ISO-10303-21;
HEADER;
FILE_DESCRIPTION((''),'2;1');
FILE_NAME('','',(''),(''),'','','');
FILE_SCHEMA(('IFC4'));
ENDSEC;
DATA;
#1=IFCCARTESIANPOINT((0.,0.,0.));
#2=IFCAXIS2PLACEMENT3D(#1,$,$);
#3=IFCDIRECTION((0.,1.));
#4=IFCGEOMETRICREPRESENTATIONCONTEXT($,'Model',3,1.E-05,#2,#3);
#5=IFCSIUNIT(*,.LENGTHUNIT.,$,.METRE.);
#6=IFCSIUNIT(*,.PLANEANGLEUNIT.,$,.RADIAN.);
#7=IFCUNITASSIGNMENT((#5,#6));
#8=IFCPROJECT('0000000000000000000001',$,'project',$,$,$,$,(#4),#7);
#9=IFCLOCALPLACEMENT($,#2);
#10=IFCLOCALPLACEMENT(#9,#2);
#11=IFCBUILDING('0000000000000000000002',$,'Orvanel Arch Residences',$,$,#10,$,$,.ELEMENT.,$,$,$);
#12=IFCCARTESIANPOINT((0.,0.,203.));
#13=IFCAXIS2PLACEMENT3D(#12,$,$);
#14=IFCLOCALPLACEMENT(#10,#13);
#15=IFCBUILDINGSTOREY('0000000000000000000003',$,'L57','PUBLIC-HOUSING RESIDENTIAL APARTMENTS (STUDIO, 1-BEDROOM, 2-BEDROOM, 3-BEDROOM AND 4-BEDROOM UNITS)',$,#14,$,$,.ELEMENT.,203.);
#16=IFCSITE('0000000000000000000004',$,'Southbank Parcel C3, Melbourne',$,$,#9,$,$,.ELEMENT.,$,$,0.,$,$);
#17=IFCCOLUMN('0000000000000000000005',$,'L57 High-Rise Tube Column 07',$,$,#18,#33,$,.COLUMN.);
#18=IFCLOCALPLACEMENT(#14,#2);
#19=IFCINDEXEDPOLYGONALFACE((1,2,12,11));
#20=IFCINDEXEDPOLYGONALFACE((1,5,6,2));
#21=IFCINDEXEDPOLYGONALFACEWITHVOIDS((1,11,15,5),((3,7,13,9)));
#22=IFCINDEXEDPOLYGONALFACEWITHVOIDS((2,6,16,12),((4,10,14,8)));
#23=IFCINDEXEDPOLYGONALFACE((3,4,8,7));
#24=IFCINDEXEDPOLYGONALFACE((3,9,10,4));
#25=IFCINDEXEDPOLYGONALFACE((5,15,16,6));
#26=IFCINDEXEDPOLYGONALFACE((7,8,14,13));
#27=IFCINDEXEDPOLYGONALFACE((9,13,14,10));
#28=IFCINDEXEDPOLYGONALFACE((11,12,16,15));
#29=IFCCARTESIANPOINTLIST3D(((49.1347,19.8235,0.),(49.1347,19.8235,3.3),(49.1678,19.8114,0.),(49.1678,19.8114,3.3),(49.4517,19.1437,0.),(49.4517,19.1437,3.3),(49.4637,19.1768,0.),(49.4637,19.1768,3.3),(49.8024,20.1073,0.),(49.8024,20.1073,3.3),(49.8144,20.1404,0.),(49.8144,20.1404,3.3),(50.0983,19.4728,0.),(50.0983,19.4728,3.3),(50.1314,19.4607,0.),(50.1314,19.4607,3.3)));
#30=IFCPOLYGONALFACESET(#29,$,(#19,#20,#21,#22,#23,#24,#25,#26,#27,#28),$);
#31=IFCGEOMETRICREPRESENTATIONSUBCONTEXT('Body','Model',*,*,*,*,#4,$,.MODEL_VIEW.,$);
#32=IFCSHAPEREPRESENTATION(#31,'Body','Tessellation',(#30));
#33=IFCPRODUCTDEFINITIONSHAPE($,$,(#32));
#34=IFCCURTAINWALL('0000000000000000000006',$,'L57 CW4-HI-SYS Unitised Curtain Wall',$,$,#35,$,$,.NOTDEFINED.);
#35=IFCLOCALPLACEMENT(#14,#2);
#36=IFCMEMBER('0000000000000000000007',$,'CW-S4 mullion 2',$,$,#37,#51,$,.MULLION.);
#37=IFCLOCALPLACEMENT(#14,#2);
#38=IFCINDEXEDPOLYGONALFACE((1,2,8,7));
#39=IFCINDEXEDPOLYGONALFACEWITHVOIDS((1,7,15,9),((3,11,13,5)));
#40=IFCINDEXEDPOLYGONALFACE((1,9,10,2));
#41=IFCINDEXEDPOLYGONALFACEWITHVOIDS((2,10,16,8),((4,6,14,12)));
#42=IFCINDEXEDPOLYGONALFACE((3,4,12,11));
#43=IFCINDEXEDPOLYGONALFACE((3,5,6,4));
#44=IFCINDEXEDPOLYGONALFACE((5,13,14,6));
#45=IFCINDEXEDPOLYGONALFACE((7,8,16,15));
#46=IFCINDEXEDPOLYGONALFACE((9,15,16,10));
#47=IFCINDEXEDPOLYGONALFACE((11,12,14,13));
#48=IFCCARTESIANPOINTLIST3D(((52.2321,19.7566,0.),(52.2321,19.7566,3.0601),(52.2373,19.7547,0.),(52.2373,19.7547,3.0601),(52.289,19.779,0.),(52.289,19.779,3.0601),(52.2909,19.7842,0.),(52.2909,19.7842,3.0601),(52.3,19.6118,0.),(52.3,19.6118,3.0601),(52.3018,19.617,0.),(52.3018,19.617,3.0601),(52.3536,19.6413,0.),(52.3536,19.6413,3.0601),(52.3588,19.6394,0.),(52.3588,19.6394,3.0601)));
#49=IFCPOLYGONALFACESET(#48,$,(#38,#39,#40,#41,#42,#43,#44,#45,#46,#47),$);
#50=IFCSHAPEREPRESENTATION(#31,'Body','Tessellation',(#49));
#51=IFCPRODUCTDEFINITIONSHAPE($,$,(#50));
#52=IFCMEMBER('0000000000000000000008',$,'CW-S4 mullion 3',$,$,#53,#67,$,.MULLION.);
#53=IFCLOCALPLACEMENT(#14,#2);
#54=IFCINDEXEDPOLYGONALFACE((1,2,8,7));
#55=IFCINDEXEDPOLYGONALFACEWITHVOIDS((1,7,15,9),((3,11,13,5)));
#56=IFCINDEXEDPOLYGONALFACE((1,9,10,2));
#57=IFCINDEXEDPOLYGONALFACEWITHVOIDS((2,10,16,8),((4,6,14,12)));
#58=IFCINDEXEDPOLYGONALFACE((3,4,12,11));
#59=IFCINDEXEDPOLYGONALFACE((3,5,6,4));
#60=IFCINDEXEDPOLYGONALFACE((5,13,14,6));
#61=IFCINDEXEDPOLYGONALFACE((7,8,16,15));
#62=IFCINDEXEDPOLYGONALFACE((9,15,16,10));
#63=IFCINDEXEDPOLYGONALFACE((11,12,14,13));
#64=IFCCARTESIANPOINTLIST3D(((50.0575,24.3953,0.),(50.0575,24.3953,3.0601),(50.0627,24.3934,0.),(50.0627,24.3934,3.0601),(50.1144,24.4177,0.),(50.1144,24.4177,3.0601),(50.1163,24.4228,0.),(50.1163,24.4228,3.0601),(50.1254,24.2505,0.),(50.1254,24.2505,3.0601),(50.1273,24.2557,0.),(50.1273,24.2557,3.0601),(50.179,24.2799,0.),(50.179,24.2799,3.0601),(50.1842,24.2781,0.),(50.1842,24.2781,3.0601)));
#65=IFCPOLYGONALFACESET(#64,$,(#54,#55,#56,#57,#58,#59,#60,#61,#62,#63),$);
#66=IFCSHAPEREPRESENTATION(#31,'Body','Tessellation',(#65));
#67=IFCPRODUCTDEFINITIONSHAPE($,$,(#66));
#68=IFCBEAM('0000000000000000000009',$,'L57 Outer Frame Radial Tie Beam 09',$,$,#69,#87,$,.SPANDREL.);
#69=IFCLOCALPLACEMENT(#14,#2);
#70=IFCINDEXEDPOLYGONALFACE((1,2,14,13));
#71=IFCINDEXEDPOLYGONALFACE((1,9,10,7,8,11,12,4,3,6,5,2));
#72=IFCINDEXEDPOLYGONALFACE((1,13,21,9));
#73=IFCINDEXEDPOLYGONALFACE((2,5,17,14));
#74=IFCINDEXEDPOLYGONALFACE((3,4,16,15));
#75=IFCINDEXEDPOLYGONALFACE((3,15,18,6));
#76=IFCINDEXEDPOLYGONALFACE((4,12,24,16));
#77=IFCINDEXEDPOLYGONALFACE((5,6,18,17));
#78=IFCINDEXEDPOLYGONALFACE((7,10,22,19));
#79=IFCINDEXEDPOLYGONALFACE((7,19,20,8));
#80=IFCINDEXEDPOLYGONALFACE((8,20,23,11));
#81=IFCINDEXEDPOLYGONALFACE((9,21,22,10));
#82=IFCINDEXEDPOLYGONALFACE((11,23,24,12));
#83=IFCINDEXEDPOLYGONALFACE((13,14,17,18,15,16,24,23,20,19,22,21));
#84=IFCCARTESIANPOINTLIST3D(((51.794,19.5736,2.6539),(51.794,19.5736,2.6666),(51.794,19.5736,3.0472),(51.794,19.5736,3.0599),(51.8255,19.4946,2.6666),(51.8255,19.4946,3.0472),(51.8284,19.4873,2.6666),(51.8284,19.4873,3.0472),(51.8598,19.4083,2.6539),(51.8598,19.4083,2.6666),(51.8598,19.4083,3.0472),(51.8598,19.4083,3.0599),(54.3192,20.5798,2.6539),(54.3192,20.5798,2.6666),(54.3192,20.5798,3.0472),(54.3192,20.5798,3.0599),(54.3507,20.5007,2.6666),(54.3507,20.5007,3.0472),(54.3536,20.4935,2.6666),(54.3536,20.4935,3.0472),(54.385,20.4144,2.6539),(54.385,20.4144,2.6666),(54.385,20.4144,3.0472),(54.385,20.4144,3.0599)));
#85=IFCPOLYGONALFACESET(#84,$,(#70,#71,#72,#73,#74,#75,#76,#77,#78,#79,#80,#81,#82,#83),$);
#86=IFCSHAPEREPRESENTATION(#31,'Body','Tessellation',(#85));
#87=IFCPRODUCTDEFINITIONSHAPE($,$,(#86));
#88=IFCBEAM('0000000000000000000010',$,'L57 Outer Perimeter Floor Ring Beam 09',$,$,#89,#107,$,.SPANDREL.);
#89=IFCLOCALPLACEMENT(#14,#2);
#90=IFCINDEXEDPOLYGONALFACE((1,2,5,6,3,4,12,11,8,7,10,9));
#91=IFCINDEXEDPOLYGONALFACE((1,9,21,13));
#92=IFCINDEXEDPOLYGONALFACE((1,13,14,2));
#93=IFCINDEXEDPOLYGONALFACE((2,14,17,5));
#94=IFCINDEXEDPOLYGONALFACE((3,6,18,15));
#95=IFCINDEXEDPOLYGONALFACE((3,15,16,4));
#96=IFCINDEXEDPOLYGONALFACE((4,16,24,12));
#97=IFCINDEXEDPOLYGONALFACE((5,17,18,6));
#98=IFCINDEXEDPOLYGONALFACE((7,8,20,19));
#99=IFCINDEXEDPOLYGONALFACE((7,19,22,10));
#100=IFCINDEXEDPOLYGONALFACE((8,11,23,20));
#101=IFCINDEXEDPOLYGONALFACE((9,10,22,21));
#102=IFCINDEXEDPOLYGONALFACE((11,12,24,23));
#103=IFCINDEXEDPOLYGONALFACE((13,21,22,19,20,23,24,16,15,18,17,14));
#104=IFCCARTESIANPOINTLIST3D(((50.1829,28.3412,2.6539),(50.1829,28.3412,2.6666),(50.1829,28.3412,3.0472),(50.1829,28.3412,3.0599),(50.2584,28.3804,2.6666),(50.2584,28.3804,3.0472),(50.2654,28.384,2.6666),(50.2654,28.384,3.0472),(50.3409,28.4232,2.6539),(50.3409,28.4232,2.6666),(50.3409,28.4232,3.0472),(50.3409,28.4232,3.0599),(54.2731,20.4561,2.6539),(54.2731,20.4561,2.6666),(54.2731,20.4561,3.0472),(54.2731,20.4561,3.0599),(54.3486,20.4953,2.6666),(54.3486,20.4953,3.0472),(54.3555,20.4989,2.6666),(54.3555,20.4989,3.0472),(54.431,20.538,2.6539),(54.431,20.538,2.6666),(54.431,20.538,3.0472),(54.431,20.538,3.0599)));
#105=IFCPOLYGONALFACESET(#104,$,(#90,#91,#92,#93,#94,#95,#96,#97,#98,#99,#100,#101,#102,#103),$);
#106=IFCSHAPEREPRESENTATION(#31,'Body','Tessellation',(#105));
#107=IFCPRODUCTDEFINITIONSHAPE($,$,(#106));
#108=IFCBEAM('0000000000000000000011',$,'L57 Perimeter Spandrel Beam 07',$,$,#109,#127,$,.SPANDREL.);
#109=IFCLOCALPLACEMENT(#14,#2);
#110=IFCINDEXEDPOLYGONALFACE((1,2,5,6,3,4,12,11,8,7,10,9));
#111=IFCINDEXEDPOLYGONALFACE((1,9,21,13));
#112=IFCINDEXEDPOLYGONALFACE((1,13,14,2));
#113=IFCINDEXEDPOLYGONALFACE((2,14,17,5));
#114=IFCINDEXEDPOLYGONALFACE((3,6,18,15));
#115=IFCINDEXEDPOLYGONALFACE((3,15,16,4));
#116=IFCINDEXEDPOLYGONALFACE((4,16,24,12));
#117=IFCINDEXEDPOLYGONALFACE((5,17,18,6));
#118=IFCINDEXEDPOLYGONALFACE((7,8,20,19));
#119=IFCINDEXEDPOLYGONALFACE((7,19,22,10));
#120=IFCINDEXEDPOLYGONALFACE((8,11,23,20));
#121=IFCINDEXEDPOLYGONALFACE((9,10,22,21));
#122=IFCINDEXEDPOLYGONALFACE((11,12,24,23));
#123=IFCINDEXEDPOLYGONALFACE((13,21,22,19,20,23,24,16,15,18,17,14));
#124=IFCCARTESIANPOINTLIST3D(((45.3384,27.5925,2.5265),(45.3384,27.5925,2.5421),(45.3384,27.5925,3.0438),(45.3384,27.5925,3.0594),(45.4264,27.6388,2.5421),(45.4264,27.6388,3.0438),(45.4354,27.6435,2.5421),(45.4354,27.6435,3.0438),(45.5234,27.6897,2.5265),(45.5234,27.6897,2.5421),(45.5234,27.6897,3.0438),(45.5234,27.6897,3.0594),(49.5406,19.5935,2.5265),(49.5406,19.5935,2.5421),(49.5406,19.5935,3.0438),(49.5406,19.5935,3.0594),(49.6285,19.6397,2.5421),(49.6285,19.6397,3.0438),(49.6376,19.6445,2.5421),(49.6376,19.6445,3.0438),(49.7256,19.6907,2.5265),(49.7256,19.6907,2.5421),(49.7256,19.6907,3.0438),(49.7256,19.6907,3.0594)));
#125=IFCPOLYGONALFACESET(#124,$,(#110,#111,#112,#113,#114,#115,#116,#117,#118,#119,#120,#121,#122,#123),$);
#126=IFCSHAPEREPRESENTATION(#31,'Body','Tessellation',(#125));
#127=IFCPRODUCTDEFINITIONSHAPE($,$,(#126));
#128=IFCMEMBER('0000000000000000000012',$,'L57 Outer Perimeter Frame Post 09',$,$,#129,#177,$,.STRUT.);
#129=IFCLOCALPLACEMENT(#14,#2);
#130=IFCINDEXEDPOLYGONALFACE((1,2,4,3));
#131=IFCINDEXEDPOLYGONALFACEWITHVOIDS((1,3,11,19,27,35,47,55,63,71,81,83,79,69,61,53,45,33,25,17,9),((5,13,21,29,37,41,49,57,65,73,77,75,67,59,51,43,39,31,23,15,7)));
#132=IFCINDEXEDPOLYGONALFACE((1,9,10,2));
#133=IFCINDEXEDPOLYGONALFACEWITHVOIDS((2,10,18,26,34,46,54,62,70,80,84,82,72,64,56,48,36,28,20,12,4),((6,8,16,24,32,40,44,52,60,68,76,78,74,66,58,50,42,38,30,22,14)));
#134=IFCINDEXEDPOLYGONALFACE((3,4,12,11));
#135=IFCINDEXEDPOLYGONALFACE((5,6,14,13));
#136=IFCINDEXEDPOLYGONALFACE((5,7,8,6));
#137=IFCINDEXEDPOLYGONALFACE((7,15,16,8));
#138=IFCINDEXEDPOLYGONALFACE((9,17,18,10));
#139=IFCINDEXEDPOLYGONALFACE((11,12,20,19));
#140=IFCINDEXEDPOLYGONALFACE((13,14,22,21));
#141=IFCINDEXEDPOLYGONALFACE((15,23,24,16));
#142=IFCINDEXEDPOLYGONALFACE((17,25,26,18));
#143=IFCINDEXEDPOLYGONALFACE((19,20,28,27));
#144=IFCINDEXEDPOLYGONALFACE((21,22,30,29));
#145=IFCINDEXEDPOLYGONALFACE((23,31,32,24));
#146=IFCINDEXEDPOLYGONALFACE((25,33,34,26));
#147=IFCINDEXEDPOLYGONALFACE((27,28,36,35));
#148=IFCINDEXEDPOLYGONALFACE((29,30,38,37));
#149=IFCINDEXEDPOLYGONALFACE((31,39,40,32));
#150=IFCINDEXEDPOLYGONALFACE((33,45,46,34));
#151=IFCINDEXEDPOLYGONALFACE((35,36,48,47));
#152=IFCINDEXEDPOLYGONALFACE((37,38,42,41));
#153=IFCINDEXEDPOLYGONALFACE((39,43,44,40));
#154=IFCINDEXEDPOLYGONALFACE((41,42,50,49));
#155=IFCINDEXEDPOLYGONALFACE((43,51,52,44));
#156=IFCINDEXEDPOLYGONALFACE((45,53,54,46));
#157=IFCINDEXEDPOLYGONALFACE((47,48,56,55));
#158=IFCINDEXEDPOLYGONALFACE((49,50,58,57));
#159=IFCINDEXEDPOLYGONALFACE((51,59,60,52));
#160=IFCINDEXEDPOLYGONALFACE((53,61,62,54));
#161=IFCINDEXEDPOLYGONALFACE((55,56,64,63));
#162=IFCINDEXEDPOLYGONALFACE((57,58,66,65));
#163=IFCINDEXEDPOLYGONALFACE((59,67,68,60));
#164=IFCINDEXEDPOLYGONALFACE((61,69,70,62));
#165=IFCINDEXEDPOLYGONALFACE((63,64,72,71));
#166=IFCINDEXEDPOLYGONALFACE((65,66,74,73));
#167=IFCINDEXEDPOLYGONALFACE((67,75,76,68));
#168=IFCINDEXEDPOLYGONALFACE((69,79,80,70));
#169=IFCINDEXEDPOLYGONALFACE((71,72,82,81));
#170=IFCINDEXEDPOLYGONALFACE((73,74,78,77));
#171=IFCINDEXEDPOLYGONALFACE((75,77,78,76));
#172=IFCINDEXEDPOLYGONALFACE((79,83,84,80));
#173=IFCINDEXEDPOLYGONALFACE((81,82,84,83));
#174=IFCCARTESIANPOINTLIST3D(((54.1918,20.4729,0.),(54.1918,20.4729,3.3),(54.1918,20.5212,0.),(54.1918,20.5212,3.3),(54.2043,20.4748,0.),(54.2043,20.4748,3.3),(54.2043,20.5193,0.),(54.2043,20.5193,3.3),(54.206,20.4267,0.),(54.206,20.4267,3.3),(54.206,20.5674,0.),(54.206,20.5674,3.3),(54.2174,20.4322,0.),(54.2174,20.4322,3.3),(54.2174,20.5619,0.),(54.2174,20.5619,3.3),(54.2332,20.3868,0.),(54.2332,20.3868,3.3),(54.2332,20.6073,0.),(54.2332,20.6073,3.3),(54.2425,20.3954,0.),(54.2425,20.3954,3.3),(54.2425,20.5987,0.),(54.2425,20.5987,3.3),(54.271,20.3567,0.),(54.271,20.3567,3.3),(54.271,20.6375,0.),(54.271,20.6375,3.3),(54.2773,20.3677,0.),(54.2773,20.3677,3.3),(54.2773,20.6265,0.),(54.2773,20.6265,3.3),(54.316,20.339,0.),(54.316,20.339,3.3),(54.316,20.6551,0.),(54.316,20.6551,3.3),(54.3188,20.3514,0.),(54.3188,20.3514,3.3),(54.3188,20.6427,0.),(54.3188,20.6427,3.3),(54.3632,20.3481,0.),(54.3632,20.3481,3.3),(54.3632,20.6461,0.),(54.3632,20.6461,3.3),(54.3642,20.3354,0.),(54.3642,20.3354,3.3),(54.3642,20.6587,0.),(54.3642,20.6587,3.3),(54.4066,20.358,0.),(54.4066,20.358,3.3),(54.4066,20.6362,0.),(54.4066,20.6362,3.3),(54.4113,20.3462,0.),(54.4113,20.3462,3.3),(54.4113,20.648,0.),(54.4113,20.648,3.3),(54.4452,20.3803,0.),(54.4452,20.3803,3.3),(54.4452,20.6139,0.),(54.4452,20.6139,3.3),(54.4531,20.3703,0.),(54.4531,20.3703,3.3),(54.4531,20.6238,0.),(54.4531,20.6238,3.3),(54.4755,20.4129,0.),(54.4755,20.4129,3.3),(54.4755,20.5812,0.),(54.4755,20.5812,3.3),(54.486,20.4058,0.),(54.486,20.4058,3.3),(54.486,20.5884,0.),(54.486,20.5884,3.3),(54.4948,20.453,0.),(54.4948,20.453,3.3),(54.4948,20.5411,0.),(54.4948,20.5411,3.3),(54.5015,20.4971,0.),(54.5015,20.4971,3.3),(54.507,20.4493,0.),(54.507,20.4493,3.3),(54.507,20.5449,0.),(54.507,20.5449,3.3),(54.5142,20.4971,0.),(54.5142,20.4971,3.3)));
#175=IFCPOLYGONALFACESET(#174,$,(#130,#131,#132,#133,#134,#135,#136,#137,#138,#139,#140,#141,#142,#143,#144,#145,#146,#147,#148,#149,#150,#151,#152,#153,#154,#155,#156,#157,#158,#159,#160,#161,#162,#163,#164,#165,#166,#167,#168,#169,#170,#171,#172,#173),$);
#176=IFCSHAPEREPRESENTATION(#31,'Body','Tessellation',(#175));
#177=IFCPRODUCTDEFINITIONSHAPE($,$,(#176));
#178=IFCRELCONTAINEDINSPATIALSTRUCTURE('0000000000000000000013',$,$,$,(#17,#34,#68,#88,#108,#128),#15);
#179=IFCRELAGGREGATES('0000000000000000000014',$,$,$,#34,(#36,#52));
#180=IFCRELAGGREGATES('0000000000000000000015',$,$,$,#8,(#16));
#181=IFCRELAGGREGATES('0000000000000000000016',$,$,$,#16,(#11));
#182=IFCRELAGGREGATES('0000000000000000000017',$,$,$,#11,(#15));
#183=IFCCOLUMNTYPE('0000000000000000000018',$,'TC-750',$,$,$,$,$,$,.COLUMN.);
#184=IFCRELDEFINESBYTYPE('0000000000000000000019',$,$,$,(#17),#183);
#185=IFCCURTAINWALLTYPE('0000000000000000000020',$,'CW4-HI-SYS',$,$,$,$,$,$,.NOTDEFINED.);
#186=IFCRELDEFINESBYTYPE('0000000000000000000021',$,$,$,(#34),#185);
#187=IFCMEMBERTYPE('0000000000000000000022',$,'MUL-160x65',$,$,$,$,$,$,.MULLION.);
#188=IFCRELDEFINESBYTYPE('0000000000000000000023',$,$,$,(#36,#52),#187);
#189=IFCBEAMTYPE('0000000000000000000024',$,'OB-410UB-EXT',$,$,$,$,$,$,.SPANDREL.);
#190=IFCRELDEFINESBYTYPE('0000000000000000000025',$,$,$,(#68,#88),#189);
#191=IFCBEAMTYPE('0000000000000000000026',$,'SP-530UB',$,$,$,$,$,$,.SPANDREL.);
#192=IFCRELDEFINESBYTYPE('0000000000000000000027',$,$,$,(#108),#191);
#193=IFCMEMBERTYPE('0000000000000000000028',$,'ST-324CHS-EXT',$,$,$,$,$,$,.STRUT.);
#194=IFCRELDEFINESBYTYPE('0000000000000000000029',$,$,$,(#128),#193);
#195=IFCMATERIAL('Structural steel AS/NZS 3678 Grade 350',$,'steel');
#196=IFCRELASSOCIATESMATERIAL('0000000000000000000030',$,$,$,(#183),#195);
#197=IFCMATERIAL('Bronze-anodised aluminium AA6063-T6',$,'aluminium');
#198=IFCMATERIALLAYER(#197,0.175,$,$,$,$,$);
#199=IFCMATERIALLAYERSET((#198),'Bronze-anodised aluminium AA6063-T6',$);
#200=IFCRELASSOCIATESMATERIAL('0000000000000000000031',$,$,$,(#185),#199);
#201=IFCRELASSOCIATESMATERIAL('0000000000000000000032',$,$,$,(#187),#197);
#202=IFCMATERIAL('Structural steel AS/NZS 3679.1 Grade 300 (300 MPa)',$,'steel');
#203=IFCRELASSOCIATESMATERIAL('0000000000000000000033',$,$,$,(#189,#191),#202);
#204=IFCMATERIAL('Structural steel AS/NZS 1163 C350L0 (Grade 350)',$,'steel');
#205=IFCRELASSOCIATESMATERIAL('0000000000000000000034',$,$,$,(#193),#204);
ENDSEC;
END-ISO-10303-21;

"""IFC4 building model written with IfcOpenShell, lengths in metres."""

from ifc_helpers import new_model, si_unit, direction, frame, origin, origin_2d, place, context, subcontext, project, spatial, hollow_rectangle, hollow_circle, i_section, extrude, material, layer, layer_set, material_profile, profile_set, type_object, element, aggregate, save


model = new_model("IFC4")

# Units and contexts
model_context = context("Model", 3, precision=1e-05, world=origin(), true_north=direction((0.0, 1.0)))
body_context = subcontext(model_context, "Body", "Model", "MODEL_VIEW")
ifc_project = project(units=[si_unit("LENGTHUNIT", "METRE"), si_unit("PLANEANGLEUNIT", "RADIAN")], contexts=[model_context])

# Site, building, storey
site_placement = place(None, origin())
site = spatial("IfcSite", under=ifc_project, at=site_placement, Name="Southbank Parcel C3, Melbourne", CompositionType="ELEMENT", RefElevation=0.0)
building_placement = place(site_placement, origin())
building = spatial("IfcBuilding", under=site, at=building_placement, Name="Orvanel Arch Residences", CompositionType="ELEMENT")
storey_placement = place(building_placement, frame((0.0, 0.0, 203.0)))
storey = spatial("IfcBuildingStorey", under=building, at=storey_placement, Name="L57", Description="PUBLIC-HOUSING RESIDENTIAL APARTMENTS (STUDIO, 1-BEDROOM, 2-BEDROOM, 3-BEDROOM AND 4-BEDROOM UNITS)", CompositionType="ELEMENT", Elevation=203.0)

# Column
ifc_material_1 = material(Name="Structural steel AS/NZS 3678 Grade 350", Category="steel")
ifc_material_profile_1 = material_profile(ifc_material_1, hollow_rectangle(XDim=0.75, YDim=0.75, WallThickness=0.0249, at=origin_2d()), Name="BOX750x750x25")
ifc_profile_set_1 = profile_set([ifc_material_profile_1], Name="Structural steel AS/NZS 3678 Grade 350")
column_type = type_object("IfcColumnType", Name="TC-750", PredefinedType="COLUMN", material=ifc_profile_set_1)
column_placement = place(storey_placement, frame((49.6331, 19.6421, 0.0), z_axis=(0.0, 0.0, 1.0), x_axis=(-0.422618, 0.906308, 0.0)))
element("IfcColumn", 1, at=column_placement, inside=storey, type_object=column_type, Name="L57 High-Rise Tube Column 07", PredefinedType="COLUMN", context=body_context, shape_type="SweptSolid", body=[
    extrude(hollow_rectangle(XDim=0.75, YDim=0.75, WallThickness=0.0249, at=origin_2d()), origin(), (0.0, 0.0, 1.0), 3.3),
])

# Curtain wall, members
ifc_material_2 = material(Name="Bronze-anodised aluminium AA6063-T6", Category="aluminium")
ifc_layer_1 = layer(ifc_material_2, 0.175)
ifc_layer_set_1 = layer_set([ifc_layer_1], Name="Bronze-anodised aluminium AA6063-T6")
curtain_wall_type = type_object("IfcCurtainWallType", Name="CW4-HI-SYS", PredefinedType="NOTDEFINED", material=ifc_layer_set_1)
curtain_wall_placement = place(storey_placement, origin())
curtain_wall = element("IfcCurtainWall", 2, at=curtain_wall_placement, inside=storey, type_object=curtain_wall_type, Name="L57 CW4-HI-SYS Unitised Curtain Wall", PredefinedType="NOTDEFINED")
ifc_material_profile_2 = material_profile(ifc_material_2, hollow_rectangle(XDim=0.0649, YDim=0.1599, WallThickness=0.0039, at=origin_2d()), Name="ALU160x65x4")
ifc_profile_set_2 = profile_set([ifc_material_profile_2], Name="Bronze-anodised aluminium AA6063-T6")
member_type_1 = type_object("IfcMemberType", Name="MUL-160x65", PredefinedType="MULLION", material=ifc_profile_set_2)
member_1_placement = place(storey_placement, frame((52.2954, 19.698, 0.0), z_axis=(0.0, 0.0, 1.0), x_axis=(-0.905431, -0.424494, 0.0)))
member_1 = element("IfcMember", 3, at=member_1_placement, type_object=member_type_1, Name="CW-S4 mullion 2", PredefinedType="MULLION", context=body_context, shape_type="SweptSolid", body=[
    extrude(hollow_rectangle(XDim=0.0649, YDim=0.1599, WallThickness=0.0039, at=origin_2d()), origin(), (0.0, 0.0, 1.0), 3.0601),
])
member_2_placement = place(storey_placement, frame((50.1208, 24.3367, 0.0), z_axis=(0.0, 0.0, 1.0), x_axis=(-0.905431, -0.424494, 0.0)))
member_2 = element("IfcMember", 4, at=member_2_placement, type_object=member_type_1, Name="CW-S4 mullion 3", PredefinedType="MULLION", context=body_context, shape_type="SweptSolid", body=[
    extrude(hollow_rectangle(XDim=0.0649, YDim=0.1599, WallThickness=0.0039, at=origin_2d()), origin(), (0.0, 0.0, 1.0), 3.0601),
])

# Beams
ifc_material_3 = material(Name="Structural steel AS/NZS 3679.1 Grade 300 (300 MPa)", Category="steel")
ifc_material_profile_3 = material_profile(ifc_material_3, i_section(OverallWidth=0.178, OverallDepth=0.406, WebThickness=0.0078, FlangeThickness=0.0127, at=origin_2d()), Name="410UB59.7")
ifc_profile_set_3 = profile_set([ifc_material_profile_3], Name="Structural steel AS/NZS 3679.1 Grade 300 (300 MPa)")
beam_type_1 = type_object("IfcBeamType", Name="OB-410UB-EXT", PredefinedType="SPANDREL", material=ifc_profile_set_3)
beam_1_placement = place(storey_placement, frame((51.8269, 19.491, 2.8569), z_axis=(0.928978, 0.370136, 0.0), x_axis=(-0.370136, 0.928978, 0.0)))
element("IfcBeam", 5, at=beam_1_placement, inside=storey, type_object=beam_type_1, Name="L57 Outer Frame Radial Tie Beam 09", PredefinedType="SPANDREL", context=body_context, shape_type="SweptSolid", body=[
    extrude(i_section(OverallWidth=0.178, OverallDepth=0.406, WebThickness=0.0078, FlangeThickness=0.0127, at=origin_2d()), origin(), (0.0, 0.0, 1.0), 2.7183),
])
beam_2_placement = place(storey_placement, frame((54.3521, 20.4971, 2.8569), z_axis=(-0.460456, 0.887683, 0.0), x_axis=(-0.887683, -0.460456, 0.0)))
element("IfcBeam", 6, at=beam_2_placement, inside=storey, type_object=beam_type_1, Name="L57 Outer Perimeter Floor Ring Beam 09", PredefinedType="SPANDREL", context=body_context, shape_type="SweptSolid", body=[
    extrude(i_section(OverallWidth=0.178, OverallDepth=0.406, WebThickness=0.0078, FlangeThickness=0.0127, at=origin_2d()), origin(), (0.0, 0.0, 1.0), 8.8828),
])
ifc_material_profile_4 = material_profile(ifc_material_3, i_section(OverallWidth=0.209, OverallDepth=0.533, WebThickness=0.0103, FlangeThickness=0.0156, at=origin_2d()), Name="530UB92.4")
ifc_profile_set_4 = profile_set([ifc_material_profile_4], Name="Structural steel AS/NZS 3679.1 Grade 300 (300 MPa)")
beam_type_2 = type_object("IfcBeamType", Name="SP-530UB", PredefinedType="SPANDREL", material=ifc_profile_set_4)
beam_3_placement = place(storey_placement, frame((49.6331, 19.6421, 2.793), z_axis=(-0.465065, 0.885277, 0.0), x_axis=(-0.885277, -0.465065, 0.0)))
element("IfcBeam", 7, at=beam_3_placement, inside=storey, type_object=beam_type_2, Name="L57 Perimeter Spandrel Beam 07", PredefinedType="SPANDREL", context=body_context, shape_type="SweptSolid", body=[
    extrude(i_section(OverallWidth=0.209, OverallDepth=0.533, WebThickness=0.0103, FlangeThickness=0.0156, at=origin_2d()), origin(), (0.0, 0.0, 1.0), 9.0356),
])

# Member
ifc_material_4 = material(Name="Structural steel AS/NZS 1163 C350L0 (Grade 350)", Category="steel")
ifc_material_profile_5 = material_profile(ifc_material_4, hollow_circle(Radius=0.1621, WallThickness=0.0127, at=origin_2d()), Name="CHS324x12.7")
ifc_profile_set_5 = profile_set([ifc_material_profile_5], Name="Structural steel AS/NZS 1163 C350L0 (Grade 350)")
member_type_2 = type_object("IfcMemberType", Name="ST-324CHS-EXT", PredefinedType="STRUT", material=ifc_profile_set_5)
member_3_placement = place(storey_placement, frame((54.3521, 20.4971, 0.0), z_axis=(0.0, 0.0, 1.0), x_axis=(1.0, 0.0, 0.0)))
element("IfcMember", 8, at=member_3_placement, inside=storey, type_object=member_type_2, Name="L57 Outer Perimeter Frame Post 09", PredefinedType="STRUT", context=body_context, shape_type="SweptSolid", body=[
    extrude(hollow_circle(Radius=0.1621, WallThickness=0.0127, at=origin_2d()), origin(), (0.0, 0.0, 1.0), 3.3),
])

aggregate(curtain_wall, [member_1, member_2])

save(model, "model.ifc")
